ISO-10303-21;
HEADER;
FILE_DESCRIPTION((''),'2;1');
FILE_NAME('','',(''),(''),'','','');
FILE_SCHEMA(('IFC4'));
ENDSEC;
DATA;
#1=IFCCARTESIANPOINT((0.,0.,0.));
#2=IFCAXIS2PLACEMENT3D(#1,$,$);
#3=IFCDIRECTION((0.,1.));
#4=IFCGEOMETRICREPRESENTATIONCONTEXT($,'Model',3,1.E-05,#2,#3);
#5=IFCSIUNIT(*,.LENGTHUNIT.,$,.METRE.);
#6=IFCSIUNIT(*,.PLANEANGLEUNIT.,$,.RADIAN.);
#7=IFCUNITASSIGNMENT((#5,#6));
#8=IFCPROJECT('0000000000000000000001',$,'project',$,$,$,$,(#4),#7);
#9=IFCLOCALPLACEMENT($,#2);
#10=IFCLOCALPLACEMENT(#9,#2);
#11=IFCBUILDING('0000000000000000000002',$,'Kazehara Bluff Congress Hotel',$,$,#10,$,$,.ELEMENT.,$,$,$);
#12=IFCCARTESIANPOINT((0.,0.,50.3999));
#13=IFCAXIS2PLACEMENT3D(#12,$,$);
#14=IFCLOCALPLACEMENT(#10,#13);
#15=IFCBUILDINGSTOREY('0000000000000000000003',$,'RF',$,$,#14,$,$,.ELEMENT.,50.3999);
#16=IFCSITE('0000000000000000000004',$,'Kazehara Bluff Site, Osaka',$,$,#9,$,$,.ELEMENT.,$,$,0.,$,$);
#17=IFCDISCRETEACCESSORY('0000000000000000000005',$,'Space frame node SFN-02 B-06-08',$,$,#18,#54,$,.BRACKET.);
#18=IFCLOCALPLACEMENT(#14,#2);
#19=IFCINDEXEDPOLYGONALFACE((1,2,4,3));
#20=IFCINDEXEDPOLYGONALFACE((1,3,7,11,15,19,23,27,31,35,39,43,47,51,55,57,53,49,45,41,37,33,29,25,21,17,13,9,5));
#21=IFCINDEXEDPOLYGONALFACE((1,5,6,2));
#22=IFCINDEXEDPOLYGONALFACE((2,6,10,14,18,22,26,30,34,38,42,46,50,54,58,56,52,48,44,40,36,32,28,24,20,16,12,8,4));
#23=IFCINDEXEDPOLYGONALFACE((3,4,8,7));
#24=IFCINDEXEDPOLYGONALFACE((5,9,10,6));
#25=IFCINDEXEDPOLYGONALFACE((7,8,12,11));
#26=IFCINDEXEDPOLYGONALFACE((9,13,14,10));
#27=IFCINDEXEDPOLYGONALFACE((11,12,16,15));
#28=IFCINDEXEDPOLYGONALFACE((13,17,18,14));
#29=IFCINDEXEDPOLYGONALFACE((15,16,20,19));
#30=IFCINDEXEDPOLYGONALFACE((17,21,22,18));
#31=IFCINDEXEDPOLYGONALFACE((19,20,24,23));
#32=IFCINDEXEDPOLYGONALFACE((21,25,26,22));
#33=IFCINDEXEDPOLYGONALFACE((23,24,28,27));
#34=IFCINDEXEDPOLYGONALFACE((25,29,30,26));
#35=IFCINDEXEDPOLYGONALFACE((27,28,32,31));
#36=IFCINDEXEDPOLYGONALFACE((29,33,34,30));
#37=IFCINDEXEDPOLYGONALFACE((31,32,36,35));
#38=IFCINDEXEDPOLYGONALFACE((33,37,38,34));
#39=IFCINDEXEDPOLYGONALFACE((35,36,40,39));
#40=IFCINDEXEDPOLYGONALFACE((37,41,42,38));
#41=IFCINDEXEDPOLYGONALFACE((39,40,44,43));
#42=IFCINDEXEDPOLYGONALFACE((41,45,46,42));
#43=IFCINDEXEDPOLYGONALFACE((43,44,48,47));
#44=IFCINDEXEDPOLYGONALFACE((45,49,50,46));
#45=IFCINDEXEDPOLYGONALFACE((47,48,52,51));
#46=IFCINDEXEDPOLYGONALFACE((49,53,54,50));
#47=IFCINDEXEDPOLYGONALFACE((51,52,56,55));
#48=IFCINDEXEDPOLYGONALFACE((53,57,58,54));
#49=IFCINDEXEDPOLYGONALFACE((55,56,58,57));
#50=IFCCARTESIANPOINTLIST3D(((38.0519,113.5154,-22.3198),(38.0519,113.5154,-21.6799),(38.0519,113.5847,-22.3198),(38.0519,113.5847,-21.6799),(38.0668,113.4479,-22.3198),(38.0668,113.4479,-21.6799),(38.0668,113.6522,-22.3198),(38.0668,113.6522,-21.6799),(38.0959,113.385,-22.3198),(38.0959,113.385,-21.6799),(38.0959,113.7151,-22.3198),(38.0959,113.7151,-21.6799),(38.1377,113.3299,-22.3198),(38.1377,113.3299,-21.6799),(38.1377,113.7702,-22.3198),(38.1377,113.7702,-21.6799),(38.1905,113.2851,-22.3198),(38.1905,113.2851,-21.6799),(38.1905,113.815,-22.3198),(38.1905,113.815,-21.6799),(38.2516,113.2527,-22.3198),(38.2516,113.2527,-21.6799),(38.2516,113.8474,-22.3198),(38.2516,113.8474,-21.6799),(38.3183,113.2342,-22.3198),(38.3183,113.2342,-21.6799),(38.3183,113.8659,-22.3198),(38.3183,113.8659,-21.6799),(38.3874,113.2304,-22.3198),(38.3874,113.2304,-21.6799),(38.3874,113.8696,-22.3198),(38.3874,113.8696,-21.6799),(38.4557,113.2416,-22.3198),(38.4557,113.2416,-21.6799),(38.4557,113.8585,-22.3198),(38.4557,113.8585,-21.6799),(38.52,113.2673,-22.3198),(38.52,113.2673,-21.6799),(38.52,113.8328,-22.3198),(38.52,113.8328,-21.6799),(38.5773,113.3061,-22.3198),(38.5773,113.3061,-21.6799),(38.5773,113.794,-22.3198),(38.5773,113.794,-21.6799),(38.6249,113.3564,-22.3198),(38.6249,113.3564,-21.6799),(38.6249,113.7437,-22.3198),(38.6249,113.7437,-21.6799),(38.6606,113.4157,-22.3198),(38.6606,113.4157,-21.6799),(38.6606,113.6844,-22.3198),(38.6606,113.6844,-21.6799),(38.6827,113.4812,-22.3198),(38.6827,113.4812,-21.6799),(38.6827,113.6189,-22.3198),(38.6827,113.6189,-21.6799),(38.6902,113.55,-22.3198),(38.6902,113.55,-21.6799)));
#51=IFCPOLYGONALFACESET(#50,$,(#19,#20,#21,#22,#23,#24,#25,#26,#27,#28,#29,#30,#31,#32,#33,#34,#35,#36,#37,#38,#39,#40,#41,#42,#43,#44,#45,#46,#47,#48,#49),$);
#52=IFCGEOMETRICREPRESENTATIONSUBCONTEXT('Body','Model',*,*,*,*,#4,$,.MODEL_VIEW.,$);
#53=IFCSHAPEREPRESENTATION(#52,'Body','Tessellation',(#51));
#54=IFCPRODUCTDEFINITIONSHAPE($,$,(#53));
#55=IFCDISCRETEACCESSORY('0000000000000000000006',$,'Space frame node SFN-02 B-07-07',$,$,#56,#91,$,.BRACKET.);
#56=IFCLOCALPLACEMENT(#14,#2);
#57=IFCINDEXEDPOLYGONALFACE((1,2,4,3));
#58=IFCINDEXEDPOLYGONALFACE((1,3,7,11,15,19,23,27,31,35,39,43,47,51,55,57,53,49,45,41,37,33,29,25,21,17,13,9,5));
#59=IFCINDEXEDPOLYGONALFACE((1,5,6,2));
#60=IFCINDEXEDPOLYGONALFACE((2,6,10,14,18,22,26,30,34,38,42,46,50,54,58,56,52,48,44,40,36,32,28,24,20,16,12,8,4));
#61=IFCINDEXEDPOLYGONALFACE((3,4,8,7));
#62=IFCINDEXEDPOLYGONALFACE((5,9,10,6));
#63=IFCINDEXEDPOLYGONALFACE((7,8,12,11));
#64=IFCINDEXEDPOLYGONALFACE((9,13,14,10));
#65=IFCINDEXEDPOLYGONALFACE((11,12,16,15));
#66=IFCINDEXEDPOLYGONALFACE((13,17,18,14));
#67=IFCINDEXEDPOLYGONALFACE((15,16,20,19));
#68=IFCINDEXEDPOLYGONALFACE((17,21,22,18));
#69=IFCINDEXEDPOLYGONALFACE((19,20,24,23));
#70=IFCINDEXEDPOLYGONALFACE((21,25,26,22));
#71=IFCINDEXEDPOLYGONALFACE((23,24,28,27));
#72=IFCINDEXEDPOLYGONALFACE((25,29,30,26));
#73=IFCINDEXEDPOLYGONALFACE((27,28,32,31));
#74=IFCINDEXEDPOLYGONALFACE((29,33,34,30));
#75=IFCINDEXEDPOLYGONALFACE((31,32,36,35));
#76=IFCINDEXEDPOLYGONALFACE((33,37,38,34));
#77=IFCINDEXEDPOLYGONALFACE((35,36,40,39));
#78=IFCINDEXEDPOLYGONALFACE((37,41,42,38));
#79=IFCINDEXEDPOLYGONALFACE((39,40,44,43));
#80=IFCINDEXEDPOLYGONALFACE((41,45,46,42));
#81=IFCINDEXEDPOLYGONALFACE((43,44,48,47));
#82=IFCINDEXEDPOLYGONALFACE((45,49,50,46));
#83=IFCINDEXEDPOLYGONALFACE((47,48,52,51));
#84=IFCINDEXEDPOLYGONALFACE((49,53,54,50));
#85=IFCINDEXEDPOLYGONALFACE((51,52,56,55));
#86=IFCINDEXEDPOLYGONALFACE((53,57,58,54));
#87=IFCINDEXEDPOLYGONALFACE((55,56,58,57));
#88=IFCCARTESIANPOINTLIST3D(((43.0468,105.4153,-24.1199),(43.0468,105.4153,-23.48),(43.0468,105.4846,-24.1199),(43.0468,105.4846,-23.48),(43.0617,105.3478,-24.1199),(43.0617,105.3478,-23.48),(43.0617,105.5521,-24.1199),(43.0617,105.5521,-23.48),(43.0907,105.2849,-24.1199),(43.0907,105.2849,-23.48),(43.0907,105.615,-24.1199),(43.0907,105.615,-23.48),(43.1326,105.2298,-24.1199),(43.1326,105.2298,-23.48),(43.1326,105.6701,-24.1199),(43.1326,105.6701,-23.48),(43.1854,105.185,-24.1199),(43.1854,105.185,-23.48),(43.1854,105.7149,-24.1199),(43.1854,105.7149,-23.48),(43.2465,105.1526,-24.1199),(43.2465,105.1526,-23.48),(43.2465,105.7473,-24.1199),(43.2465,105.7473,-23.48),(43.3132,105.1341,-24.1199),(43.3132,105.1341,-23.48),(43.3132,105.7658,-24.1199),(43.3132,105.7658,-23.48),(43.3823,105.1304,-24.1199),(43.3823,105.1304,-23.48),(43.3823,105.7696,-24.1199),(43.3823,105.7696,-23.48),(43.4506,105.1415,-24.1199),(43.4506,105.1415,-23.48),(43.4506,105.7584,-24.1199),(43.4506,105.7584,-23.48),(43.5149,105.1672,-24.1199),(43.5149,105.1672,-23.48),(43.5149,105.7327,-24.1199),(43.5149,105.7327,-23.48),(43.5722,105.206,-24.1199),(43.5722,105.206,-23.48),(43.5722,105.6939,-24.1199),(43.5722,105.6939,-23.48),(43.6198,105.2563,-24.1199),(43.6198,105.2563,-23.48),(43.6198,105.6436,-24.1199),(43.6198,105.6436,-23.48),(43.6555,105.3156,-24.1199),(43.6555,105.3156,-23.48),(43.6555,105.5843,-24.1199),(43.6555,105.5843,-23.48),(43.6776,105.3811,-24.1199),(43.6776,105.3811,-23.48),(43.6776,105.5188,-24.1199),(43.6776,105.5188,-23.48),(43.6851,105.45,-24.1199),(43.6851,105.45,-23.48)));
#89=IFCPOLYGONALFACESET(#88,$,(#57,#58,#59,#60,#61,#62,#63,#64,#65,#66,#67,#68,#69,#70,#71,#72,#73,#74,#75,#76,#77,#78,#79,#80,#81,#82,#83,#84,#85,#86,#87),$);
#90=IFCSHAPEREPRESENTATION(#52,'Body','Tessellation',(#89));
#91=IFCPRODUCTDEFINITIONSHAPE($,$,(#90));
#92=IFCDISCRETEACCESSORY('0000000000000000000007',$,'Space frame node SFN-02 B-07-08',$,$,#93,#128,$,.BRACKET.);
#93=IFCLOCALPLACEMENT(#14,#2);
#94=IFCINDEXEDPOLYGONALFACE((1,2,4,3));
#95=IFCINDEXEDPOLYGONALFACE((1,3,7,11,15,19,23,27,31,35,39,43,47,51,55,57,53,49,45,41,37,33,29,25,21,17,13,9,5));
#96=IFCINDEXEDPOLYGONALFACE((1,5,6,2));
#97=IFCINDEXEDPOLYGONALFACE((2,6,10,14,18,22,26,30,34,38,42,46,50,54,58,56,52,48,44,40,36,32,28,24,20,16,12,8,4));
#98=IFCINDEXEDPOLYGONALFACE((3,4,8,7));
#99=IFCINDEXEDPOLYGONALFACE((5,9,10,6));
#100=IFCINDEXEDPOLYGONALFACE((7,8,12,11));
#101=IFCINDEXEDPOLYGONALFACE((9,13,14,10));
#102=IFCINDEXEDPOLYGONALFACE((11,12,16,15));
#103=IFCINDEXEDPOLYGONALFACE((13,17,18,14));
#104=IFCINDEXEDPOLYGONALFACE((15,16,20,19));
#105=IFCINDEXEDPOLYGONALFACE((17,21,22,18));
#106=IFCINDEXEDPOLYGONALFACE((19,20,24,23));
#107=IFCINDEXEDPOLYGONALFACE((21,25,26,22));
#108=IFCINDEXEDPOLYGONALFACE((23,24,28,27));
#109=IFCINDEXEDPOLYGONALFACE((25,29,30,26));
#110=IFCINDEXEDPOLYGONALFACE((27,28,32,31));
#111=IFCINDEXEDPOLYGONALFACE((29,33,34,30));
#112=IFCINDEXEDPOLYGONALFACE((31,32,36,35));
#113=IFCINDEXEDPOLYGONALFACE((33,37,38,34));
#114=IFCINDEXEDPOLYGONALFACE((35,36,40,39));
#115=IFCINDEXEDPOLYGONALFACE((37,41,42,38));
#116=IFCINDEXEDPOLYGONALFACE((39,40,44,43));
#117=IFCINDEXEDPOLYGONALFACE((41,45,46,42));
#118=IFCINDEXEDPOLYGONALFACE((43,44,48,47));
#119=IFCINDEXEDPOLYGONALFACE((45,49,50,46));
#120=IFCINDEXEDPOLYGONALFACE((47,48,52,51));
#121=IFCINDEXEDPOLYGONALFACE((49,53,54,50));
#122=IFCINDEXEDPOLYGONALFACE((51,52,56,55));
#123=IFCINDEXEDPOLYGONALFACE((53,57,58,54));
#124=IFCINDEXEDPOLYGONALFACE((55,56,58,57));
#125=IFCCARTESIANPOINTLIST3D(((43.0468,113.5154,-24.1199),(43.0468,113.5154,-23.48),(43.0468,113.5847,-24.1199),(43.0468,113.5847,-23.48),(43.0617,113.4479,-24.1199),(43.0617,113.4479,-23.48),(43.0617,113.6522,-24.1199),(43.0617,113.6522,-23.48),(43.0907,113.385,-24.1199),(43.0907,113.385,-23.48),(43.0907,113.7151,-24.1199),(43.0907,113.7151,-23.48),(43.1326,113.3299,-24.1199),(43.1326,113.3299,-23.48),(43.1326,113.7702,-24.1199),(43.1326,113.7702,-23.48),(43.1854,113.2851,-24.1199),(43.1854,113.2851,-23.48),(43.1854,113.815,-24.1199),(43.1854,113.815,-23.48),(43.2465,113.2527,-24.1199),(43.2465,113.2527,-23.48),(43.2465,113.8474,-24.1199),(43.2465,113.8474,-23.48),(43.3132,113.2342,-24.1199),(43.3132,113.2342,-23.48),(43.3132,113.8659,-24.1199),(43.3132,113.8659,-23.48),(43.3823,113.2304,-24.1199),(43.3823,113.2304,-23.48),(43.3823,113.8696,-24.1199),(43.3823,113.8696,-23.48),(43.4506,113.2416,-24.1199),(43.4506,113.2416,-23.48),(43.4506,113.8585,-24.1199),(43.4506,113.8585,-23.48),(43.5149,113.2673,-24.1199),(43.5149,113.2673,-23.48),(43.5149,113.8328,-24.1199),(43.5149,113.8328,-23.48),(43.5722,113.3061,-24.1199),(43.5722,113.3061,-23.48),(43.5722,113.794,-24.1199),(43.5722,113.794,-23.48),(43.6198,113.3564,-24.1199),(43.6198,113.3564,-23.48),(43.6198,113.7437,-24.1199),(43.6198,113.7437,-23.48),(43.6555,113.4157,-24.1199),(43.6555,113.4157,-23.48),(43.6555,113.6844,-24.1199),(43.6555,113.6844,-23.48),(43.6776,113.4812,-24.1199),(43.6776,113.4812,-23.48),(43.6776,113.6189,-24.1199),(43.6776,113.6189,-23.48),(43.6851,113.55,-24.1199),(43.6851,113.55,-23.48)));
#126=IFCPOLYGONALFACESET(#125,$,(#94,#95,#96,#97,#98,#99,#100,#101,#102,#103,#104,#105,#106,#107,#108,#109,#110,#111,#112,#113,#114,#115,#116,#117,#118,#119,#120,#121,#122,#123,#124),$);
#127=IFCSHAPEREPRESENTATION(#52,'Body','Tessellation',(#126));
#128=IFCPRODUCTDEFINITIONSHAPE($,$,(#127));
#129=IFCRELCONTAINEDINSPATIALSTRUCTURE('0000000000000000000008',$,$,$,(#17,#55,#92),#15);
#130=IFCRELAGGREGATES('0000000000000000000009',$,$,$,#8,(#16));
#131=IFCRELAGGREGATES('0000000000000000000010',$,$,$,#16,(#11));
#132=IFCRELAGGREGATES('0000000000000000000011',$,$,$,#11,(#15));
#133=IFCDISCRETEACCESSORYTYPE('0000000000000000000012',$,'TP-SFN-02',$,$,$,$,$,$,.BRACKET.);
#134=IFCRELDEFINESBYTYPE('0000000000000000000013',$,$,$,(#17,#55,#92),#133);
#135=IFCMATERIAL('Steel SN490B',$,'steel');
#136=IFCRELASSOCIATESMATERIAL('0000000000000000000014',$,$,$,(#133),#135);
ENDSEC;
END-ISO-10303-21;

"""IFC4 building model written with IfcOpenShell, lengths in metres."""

from ifc_helpers import new_model, si_unit, direction, frame, origin, origin_2d, place, context, subcontext, project, spatial, circle, extrude, material, material_profile, profile_set, type_object, element, save


model = new_model("IFC4")

# Units and contexts
model_context = context("Model", 3, precision=1e-05, world=origin(), true_north=direction((0.0, 1.0)))
body_context = subcontext(model_context, "Body", "Model", "MODEL_VIEW")
ifc_project = project(units=[si_unit("LENGTHUNIT", "METRE"), si_unit("PLANEANGLEUNIT", "RADIAN")], contexts=[model_context])

# Site, building, storey
site_placement = place(None, origin())
site = spatial("IfcSite", under=ifc_project, at=site_placement, Name="Kazehara Bluff Site, Osaka", CompositionType="ELEMENT", RefElevation=0.0)
building_placement = place(site_placement, origin())
building = spatial("IfcBuilding", under=site, at=building_placement, Name="Kazehara Bluff Congress Hotel", CompositionType="ELEMENT")
storey_placement = place(building_placement, frame((0.0, 0.0, 50.3999)))
storey = spatial("IfcBuildingStorey", under=building, at=storey_placement, Name="RF", CompositionType="ELEMENT", Elevation=50.3999)

# Discrete accessories
ifc_material_1 = material(Name="Steel SN490B", Category="steel")
ifc_material_profile_1 = material_profile(ifc_material_1, circle(Radius=0.3201, at=origin_2d()))
ifc_profile_set_1 = profile_set([ifc_material_profile_1], Name="Steel SN490B")
discrete_accessory_type_1 = type_object("IfcDiscreteAccessoryType", Name="TP-SFN-02", PredefinedType="BRACKET", material=ifc_profile_set_1)
for number, where, z_axis, x_axis, name in (
    (1, (38.3701, 113.55, -22.3198), (0.0, 0.0, 1.0), (1.0, 0.0, 0.0), "Space frame node SFN-02 B-06-08"),
    (2, (43.365, 105.45, -24.1199), (0.0, 0.0, 1.0), (1.0, 0.0, 0.0), "Space frame node SFN-02 B-07-07"),
    (3, (43.365, 113.55, -24.1199), (0.0, 0.0, 1.0), (1.0, 0.0, 0.0), "Space frame node SFN-02 B-07-08"),
):
    element("IfcDiscreteAccessory", number, at=place(storey_placement, frame(where, z_axis=z_axis, x_axis=x_axis)), inside=storey, type_object=discrete_accessory_type_1, Name=name, PredefinedType="BRACKET", context=body_context, shape_type="SweptSolid", body=[
        extrude(circle(Radius=0.3201, at=origin_2d()), origin(), (0.0, 0.0, 1.0), 0.6399),
    ])

save(model, "model.ifc")
